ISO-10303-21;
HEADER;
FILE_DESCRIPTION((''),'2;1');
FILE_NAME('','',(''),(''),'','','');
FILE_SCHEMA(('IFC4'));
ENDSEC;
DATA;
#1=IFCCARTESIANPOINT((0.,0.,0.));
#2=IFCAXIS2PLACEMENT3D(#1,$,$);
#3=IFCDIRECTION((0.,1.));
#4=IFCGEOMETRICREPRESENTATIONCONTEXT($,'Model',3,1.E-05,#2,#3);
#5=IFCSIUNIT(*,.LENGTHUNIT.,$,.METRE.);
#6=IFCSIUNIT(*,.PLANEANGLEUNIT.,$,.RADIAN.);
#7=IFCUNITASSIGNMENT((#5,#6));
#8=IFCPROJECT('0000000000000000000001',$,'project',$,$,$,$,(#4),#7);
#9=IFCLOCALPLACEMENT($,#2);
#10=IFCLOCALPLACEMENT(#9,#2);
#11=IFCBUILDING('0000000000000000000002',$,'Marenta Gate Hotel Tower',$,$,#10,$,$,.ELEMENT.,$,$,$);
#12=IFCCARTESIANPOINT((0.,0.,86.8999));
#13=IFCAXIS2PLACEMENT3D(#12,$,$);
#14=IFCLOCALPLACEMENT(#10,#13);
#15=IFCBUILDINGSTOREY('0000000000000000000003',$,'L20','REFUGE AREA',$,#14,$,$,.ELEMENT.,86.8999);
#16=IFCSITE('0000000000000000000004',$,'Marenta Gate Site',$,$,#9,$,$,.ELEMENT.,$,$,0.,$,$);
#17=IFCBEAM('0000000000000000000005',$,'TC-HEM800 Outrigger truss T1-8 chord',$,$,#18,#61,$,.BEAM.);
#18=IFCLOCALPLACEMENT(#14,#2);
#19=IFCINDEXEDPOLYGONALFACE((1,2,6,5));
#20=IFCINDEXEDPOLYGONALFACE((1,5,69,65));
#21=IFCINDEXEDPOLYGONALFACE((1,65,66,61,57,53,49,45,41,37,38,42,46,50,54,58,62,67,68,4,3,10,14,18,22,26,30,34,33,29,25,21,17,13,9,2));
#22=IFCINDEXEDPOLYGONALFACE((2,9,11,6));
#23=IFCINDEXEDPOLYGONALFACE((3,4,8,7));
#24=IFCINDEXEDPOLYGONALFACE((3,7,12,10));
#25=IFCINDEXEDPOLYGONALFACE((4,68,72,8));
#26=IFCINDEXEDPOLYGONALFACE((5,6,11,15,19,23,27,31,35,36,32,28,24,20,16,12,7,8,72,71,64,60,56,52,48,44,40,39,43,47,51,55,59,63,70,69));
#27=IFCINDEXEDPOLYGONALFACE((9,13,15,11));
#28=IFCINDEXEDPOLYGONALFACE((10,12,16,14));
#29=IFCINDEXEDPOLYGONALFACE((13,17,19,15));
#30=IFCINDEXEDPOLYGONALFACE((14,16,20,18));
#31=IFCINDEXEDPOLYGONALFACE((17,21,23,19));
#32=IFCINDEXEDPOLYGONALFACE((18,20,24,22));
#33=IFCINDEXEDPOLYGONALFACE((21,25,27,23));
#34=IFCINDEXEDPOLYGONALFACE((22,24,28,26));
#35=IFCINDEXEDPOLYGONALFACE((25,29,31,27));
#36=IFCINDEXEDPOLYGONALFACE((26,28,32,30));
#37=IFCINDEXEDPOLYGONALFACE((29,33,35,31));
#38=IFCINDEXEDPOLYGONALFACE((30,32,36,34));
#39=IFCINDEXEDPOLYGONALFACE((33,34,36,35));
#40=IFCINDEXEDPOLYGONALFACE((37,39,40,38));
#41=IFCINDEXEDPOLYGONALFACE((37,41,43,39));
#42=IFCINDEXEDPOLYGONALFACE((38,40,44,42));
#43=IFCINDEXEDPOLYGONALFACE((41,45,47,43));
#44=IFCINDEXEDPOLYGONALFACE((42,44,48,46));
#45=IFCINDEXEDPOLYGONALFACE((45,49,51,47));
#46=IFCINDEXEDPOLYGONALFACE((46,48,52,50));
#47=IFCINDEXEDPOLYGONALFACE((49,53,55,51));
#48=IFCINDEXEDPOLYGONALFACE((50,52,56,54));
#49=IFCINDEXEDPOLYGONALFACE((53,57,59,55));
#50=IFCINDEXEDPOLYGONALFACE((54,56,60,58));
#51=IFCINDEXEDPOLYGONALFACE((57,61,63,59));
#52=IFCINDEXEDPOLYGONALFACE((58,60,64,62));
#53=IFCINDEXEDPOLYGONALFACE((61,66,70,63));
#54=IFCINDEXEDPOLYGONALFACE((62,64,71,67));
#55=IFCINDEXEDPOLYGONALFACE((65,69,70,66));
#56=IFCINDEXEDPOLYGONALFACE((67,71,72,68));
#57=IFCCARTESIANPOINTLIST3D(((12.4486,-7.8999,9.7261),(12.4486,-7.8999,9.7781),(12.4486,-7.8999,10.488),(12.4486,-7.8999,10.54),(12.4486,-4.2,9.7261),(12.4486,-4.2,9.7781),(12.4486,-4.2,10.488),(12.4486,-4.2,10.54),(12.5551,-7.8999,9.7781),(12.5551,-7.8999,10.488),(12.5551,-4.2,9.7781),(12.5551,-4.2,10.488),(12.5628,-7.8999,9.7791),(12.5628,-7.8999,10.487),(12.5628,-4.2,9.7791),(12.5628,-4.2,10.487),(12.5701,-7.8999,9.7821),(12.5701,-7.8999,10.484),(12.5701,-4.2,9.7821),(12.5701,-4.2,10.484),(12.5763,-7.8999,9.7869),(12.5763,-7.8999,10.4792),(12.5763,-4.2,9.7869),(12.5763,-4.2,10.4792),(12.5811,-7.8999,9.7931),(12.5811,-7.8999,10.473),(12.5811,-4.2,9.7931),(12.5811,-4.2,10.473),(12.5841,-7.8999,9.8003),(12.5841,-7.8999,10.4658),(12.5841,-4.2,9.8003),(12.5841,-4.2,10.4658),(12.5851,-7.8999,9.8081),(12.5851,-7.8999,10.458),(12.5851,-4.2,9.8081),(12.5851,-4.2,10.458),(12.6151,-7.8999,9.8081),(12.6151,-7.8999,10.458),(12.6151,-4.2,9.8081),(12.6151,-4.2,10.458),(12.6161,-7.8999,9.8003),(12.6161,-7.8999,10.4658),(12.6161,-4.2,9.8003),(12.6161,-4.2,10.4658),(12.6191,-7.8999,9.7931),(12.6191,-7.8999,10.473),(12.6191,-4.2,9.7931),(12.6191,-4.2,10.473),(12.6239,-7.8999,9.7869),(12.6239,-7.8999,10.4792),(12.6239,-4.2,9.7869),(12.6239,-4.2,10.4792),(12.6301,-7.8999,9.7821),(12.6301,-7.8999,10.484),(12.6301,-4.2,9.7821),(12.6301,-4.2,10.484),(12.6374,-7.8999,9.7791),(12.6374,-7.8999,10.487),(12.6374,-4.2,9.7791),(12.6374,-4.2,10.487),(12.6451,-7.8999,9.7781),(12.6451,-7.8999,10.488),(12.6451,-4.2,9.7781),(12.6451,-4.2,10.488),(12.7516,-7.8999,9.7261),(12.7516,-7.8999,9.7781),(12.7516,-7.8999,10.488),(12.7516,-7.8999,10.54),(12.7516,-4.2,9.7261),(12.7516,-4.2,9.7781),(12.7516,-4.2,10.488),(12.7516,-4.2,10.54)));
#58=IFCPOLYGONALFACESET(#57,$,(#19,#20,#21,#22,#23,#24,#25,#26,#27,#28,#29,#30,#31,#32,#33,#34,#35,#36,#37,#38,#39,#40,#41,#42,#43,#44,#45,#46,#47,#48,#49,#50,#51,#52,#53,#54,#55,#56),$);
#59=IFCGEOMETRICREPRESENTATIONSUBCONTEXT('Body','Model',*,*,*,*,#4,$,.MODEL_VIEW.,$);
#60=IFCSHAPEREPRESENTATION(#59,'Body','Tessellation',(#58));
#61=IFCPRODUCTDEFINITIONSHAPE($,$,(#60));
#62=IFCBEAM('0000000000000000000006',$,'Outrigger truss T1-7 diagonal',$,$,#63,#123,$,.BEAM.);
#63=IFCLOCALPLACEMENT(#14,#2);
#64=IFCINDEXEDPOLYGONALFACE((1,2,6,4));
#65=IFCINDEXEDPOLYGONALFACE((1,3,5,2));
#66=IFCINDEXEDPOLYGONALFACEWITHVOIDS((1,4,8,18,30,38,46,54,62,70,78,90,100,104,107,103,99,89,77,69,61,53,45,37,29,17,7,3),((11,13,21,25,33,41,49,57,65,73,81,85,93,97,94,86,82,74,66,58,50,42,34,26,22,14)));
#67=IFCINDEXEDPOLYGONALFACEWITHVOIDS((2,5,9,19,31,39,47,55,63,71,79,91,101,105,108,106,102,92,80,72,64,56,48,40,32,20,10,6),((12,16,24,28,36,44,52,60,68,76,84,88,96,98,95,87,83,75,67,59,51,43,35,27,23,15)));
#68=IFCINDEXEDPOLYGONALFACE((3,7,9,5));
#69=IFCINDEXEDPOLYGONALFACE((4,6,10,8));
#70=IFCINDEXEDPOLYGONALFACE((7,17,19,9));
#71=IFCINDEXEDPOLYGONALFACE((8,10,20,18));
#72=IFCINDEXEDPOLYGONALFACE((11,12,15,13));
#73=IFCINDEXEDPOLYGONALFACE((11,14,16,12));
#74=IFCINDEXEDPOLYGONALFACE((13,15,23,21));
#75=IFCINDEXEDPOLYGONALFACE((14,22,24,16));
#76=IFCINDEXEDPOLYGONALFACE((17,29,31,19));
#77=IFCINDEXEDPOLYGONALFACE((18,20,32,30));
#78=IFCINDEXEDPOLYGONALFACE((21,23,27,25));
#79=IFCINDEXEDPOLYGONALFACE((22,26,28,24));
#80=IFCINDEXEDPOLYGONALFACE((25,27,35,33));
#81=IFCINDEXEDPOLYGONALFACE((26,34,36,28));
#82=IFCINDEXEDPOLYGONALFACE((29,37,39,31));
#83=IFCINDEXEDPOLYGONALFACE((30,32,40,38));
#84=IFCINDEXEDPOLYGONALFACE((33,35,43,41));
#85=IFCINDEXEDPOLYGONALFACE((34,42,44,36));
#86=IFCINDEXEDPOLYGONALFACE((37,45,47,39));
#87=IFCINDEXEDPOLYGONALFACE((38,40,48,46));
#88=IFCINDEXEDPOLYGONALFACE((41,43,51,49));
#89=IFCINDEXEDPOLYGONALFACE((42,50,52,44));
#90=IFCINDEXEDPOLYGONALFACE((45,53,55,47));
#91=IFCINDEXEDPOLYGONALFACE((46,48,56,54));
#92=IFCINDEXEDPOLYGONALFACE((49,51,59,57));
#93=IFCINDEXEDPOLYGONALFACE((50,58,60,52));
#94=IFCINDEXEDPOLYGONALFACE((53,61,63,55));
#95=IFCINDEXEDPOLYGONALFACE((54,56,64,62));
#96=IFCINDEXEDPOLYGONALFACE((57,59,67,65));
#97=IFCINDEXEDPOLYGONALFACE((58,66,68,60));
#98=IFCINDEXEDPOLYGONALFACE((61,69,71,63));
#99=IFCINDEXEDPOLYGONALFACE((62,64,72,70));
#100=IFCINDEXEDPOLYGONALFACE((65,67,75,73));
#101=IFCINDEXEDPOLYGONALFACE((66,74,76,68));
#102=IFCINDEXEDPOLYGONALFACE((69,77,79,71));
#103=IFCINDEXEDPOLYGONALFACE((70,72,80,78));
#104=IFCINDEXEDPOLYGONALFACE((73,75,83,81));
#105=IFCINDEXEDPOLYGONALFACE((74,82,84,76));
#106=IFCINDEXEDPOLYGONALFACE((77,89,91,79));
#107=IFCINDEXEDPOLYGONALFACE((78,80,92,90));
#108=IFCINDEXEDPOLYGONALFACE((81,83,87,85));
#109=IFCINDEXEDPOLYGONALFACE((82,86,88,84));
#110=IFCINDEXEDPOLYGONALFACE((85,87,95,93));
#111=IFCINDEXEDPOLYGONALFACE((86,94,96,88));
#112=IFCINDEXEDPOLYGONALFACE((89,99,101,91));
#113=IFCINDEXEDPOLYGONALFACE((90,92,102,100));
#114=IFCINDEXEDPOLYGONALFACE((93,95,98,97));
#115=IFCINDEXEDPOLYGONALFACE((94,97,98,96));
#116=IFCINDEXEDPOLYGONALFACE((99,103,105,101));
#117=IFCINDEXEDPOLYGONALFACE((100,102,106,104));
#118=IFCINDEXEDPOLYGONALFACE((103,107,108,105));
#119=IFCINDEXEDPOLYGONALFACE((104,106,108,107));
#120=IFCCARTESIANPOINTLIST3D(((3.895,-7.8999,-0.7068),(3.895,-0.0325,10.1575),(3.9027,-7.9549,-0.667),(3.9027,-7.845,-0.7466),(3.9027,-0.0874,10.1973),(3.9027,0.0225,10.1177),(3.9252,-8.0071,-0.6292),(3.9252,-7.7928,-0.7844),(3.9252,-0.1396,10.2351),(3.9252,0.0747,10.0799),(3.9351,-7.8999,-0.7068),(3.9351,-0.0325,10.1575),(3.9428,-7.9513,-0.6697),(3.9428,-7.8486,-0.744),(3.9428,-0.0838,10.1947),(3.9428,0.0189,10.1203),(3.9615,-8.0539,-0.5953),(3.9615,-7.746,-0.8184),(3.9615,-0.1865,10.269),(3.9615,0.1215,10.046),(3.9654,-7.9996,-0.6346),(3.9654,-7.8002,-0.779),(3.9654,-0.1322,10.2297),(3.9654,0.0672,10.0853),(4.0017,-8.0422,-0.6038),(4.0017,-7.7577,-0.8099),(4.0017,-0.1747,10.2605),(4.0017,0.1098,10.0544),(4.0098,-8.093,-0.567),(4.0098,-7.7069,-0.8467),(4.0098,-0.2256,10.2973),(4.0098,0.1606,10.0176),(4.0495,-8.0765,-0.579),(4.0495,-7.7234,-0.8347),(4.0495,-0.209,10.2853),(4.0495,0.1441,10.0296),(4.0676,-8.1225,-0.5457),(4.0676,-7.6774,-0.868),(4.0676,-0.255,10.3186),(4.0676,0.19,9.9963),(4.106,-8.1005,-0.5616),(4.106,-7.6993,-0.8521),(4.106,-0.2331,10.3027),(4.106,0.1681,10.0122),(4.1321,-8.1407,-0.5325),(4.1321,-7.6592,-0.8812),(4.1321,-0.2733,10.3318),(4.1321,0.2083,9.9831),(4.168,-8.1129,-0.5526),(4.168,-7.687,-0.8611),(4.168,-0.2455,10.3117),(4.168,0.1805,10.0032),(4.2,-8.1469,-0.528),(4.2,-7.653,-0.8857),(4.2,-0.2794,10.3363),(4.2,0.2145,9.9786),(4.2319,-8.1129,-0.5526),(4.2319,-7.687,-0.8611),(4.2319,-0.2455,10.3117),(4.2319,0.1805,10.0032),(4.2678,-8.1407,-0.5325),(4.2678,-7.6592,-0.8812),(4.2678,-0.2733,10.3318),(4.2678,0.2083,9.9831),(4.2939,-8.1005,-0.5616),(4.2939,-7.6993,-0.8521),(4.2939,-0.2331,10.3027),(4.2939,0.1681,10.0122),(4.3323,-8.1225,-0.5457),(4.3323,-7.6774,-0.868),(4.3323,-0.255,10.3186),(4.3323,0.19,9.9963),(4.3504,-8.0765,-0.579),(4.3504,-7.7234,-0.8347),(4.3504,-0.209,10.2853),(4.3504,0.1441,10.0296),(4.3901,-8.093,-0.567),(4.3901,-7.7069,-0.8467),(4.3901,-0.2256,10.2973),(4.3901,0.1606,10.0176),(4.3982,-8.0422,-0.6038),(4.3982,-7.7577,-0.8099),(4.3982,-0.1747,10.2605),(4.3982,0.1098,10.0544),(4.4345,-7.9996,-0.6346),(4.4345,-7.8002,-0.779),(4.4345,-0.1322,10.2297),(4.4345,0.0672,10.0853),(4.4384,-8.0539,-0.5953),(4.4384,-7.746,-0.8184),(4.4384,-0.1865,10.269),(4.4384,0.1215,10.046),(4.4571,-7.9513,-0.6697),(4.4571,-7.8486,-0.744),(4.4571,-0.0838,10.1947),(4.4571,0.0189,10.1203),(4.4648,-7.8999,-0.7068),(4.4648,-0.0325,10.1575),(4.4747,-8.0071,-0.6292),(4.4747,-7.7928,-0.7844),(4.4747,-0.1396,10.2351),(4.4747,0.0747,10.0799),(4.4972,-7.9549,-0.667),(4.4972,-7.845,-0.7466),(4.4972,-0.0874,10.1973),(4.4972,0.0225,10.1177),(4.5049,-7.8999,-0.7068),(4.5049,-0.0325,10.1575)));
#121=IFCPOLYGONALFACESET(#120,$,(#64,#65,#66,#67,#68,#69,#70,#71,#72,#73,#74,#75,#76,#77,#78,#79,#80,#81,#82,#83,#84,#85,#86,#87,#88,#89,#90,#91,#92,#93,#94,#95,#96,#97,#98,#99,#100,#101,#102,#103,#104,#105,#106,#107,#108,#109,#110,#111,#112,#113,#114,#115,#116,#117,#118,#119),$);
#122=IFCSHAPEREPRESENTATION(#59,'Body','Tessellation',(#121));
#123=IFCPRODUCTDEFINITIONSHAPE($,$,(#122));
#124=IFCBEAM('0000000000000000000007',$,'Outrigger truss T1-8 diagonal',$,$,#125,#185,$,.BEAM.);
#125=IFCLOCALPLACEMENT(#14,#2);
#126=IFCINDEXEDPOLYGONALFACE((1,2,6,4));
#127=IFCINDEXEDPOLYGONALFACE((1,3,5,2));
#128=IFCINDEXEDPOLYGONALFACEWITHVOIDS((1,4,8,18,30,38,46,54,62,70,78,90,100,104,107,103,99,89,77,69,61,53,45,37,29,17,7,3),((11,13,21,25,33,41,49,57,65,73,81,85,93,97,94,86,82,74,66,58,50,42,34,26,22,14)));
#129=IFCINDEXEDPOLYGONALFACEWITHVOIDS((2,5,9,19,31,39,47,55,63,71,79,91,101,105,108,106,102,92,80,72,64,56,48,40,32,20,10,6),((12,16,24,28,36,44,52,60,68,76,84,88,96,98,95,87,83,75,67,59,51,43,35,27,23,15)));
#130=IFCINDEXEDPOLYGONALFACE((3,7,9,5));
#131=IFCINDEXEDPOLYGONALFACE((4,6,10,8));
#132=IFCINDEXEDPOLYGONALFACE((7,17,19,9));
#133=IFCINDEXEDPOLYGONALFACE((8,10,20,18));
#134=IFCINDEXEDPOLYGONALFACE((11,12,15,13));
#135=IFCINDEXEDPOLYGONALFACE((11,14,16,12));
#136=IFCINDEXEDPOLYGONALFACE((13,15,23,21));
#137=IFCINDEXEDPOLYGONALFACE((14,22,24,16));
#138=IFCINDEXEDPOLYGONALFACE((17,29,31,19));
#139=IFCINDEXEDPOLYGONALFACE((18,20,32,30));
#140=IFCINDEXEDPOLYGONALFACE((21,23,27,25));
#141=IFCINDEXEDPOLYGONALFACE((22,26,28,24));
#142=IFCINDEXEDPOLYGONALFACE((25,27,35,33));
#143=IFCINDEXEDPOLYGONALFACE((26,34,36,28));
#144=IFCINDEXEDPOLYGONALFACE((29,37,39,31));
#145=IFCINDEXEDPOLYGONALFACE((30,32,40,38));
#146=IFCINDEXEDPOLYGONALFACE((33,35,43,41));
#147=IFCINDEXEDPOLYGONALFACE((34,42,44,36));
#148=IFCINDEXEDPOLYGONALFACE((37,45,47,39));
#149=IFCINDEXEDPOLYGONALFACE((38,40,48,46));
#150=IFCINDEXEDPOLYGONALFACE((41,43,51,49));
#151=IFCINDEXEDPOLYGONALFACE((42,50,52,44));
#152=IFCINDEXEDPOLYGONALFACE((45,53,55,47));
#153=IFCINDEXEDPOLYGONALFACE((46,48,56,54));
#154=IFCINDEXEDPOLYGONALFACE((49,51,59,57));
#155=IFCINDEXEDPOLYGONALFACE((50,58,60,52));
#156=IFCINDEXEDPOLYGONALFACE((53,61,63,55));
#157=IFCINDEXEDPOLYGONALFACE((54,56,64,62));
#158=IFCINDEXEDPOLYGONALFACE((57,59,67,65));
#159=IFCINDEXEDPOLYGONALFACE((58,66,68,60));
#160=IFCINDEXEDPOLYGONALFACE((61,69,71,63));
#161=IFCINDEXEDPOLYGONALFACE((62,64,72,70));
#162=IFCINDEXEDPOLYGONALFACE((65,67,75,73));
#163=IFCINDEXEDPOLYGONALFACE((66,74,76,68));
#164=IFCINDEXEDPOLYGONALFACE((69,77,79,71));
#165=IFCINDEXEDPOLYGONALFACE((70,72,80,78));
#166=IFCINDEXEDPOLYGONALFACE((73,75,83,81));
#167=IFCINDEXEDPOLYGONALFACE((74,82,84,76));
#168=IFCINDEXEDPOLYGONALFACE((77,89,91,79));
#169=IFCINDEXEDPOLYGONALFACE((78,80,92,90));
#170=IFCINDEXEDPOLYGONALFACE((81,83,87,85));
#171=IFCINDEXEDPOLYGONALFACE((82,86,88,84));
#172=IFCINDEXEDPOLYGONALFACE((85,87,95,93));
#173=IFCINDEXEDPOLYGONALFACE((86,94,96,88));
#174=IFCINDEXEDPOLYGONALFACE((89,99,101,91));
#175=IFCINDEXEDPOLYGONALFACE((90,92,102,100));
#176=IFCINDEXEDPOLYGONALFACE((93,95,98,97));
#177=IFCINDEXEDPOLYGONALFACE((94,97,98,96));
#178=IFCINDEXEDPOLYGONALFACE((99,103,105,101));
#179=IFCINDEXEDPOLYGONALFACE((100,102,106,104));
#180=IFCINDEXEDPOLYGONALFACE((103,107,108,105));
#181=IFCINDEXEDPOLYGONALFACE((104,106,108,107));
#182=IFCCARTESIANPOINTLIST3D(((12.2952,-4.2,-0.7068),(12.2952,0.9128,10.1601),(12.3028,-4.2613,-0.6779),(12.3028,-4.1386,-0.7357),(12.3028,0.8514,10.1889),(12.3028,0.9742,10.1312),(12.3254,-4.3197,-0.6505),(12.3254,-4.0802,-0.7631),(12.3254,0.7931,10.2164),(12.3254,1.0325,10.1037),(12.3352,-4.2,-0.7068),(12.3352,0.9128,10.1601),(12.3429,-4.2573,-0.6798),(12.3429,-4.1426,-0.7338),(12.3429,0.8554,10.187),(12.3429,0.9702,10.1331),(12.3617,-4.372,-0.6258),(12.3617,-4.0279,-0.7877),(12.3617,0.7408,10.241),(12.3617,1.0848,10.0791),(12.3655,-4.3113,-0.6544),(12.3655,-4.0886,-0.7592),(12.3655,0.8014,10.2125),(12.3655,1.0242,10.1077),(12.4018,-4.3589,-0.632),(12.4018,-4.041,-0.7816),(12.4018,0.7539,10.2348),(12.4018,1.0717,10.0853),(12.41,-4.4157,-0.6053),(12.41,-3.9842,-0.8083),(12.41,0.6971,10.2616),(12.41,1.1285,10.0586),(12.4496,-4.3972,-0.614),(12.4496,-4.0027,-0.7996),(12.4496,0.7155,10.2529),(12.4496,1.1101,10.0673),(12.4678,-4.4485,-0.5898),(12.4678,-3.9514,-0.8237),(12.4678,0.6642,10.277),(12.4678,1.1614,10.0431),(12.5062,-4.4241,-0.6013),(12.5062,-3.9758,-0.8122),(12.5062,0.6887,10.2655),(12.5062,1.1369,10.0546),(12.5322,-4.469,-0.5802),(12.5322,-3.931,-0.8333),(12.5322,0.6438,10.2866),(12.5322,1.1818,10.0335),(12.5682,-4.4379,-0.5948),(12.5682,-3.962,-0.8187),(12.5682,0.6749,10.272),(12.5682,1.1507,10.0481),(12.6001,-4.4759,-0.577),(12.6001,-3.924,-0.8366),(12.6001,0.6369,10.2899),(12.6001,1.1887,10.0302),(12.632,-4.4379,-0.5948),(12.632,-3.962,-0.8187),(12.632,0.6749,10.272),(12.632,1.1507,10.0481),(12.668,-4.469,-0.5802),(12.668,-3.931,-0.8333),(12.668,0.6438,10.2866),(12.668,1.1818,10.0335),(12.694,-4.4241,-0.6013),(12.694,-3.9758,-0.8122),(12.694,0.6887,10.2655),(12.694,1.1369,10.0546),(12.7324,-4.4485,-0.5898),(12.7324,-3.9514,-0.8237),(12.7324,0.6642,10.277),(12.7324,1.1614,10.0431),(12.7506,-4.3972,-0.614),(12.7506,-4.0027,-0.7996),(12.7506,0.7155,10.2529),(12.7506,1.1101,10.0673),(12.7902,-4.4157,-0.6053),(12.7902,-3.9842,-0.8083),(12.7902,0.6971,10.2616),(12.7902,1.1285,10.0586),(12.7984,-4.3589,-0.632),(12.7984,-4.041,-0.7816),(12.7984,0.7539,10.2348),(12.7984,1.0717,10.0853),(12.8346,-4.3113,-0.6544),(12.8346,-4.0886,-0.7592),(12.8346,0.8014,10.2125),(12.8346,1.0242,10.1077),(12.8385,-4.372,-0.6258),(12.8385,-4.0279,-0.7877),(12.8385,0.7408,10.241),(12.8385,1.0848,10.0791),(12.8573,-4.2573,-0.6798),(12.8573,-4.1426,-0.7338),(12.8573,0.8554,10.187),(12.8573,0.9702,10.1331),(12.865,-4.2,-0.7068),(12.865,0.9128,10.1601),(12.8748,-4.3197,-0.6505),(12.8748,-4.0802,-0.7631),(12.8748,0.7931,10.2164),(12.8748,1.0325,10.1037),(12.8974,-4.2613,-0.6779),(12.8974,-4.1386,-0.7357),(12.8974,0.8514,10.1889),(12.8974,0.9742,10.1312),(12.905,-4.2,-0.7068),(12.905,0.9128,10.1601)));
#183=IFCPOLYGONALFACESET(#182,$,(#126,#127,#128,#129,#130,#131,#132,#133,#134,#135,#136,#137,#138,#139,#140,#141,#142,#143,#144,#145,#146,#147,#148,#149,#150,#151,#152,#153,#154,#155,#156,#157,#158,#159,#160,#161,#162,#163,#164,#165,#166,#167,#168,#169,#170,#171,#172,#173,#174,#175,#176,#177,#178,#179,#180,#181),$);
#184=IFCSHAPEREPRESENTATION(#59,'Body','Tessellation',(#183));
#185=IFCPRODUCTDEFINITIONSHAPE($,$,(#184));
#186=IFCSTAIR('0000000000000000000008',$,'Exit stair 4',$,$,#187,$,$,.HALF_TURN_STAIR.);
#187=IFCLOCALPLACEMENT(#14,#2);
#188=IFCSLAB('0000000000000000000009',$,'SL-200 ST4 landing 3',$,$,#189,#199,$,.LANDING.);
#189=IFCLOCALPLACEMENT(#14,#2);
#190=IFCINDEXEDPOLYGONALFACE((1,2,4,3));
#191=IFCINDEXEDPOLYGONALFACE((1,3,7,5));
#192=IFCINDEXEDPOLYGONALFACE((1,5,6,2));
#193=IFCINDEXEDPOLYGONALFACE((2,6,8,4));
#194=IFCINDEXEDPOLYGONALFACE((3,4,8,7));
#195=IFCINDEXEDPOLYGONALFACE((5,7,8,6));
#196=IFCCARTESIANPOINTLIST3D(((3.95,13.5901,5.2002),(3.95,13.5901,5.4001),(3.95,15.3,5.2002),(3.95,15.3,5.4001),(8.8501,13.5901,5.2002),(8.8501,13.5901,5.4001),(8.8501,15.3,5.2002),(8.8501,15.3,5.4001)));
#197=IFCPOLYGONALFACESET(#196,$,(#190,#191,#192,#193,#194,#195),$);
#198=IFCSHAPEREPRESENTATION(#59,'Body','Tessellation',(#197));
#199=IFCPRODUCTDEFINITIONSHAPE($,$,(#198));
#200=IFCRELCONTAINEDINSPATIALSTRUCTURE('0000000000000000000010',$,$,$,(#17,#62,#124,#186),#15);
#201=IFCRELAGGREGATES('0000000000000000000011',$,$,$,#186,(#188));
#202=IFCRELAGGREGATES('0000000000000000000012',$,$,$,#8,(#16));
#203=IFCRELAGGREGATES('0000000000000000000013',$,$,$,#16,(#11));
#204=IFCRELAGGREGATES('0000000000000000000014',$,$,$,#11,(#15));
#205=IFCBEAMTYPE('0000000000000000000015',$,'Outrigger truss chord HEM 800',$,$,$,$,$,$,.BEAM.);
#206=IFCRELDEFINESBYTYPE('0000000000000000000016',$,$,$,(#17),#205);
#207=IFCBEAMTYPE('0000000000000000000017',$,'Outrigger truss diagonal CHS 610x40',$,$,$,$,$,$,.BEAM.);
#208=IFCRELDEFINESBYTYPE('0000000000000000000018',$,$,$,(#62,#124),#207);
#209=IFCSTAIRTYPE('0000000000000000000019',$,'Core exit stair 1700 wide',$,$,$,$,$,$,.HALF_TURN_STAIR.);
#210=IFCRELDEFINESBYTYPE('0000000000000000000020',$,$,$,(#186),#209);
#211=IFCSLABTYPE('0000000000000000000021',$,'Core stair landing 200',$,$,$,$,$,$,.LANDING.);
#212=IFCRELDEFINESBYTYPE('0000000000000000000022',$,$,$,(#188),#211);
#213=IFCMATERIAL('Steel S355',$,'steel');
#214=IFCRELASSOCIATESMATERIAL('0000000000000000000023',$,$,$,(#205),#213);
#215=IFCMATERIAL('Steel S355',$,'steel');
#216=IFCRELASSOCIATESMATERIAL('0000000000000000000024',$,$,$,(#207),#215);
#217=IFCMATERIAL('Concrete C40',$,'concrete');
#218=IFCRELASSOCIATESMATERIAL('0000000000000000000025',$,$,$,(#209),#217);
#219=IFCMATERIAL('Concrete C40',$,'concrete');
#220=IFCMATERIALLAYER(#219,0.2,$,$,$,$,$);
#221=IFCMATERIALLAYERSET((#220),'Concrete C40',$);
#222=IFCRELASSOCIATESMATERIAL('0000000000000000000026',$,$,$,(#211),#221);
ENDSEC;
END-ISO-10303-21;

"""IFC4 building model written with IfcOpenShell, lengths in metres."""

from ifc_helpers import new_model, si_unit, direction, frame, origin, origin_2d, place, context, subcontext, project, spatial, polyline, hollow_circle, i_section, outline, extrude, material, layer, layer_set, material_profile, profile_set, type_object, element, aggregate, save


model = new_model("IFC4")

# Units and contexts
model_context = context("Model", 3, precision=1e-05, world=origin(), true_north=direction((0.0, 1.0)))
body_context = subcontext(model_context, "Body", "Model", "MODEL_VIEW")
ifc_project = project(units=[si_unit("LENGTHUNIT", "METRE"), si_unit("PLANEANGLEUNIT", "RADIAN")], contexts=[model_context])

# Site, building, storey
site_placement = place(None, origin())
site = spatial("IfcSite", under=ifc_project, at=site_placement, Name="Marenta Gate Site", CompositionType="ELEMENT", RefElevation=0.0)
building_placement = place(site_placement, origin())
building = spatial("IfcBuilding", under=site, at=building_placement, Name="Marenta Gate Hotel Tower", CompositionType="ELEMENT")
storey_placement = place(building_placement, frame((0.0, 0.0, 86.8999)))
storey = spatial("IfcBuildingStorey", under=building, at=storey_placement, Name="L20", Description="REFUGE AREA", CompositionType="ELEMENT", Elevation=86.8999)

# Beams
ifc_material_1 = material(Name="Steel S355", Category="steel")
ifc_material_profile_1 = material_profile(ifc_material_1, i_section(OverallWidth=0.303, OverallDepth=0.814, WebThickness=0.03, FlangeThickness=0.052, FilletRadius=0.03, at=origin_2d()), Name="HEM 800")
ifc_profile_set_1 = profile_set([ifc_material_profile_1], Name="Steel S355")
beam_type_1 = type_object("IfcBeamType", Name="Outrigger truss chord HEM 800", PredefinedType="BEAM", material=ifc_profile_set_1)
beam_1_placement = place(storey_placement, frame((12.6001, -4.2, 10.1331), z_axis=(0.0, -1.0, 0.0), x_axis=(1.0, 0.0, 0.0)))
element("IfcBeam", 1, at=beam_1_placement, inside=storey, type_object=beam_type_1, Name="TC-HEM800 Outrigger truss T1-8 chord", PredefinedType="BEAM", context=body_context, shape_type="SweptSolid", body=[
    extrude(i_section(OverallWidth=0.303, OverallDepth=0.814, WebThickness=0.03, FlangeThickness=0.052, FilletRadius=0.03, at=origin_2d()), origin(), (0.0, 0.0, 1.0), 3.7),
])
ifc_material_2 = material(Name="Steel S355", Category="steel")
ifc_material_profile_2 = material_profile(ifc_material_2, hollow_circle(Radius=0.3049, WallThickness=0.04, at=origin_2d()), Name="CHS 610x40")
ifc_profile_set_2 = profile_set([ifc_material_profile_2], Name="Steel S355")
beam_type_2 = type_object("IfcBeamType", Name="Outrigger truss diagonal CHS 610x40", PredefinedType="BEAM", material=ifc_profile_set_2)
beam_2_placement = place(storey_placement, frame((4.2, -0.0325, 10.1575), z_axis=(0.0, -0.58652, -0.809935), x_axis=(1.0, 0.0, 0.0)))
element("IfcBeam", 2, at=beam_2_placement, inside=storey, type_object=beam_type_2, Name="Outrigger truss T1-7 diagonal", PredefinedType="BEAM", context=body_context, shape_type="SweptSolid", body=[
    extrude(hollow_circle(Radius=0.3049, WallThickness=0.04, at=origin_2d()), origin(), (0.0, 0.0, 1.0), 13.4138),
])
beam_3_placement = place(storey_placement, frame((12.6001, -4.2, -0.7068), z_axis=(0.0, 0.425725, 0.904853), x_axis=(-1.0, 0.0, 0.0)))
element("IfcBeam", 3, at=beam_3_placement, inside=storey, type_object=beam_type_2, Name="Outrigger truss T1-8 diagonal", PredefinedType="BEAM", context=body_context, shape_type="SweptSolid", body=[
    extrude(hollow_circle(Radius=0.3049, WallThickness=0.04, at=origin_2d()), origin(), (0.0, 0.0, 1.0), 12.0095),
])

# Stair, slab
ifc_material_3 = material(Name="Concrete C40", Category="concrete")
stair_type_1 = type_object("IfcStairType", Name="Core exit stair 1700 wide", PredefinedType="HALF_TURN_STAIR", material=ifc_material_3)
stair_1_placement = place(storey_placement, origin())
stair_1 = element("IfcStair", 4, at=stair_1_placement, inside=storey, type_object=stair_type_1, Name="Exit stair 4", PredefinedType="HALF_TURN_STAIR")
ifc_material_4 = material(Name="Concrete C40", Category="concrete")
ifc_layer_1 = layer(ifc_material_4, 0.2)
ifc_layer_set_1 = layer_set([ifc_layer_1], Name="Concrete C40")
slab_type_1 = type_object("IfcSlabType", Name="Core stair landing 200", PredefinedType="LANDING", material=ifc_layer_set_1)
slab_1_placement = place(storey_placement, frame((0.0, 0.0, 5.2002)))
slab_1 = element("IfcSlab", 5, at=slab_1_placement, type_object=slab_type_1, Name="SL-200 ST4 landing 3", PredefinedType="LANDING", context=body_context, shape_type="SweptSolid", body=[
    extrude(outline(polyline([(3.95, 13.5901), (8.8501, 13.5901), (8.8501, 15.3), (3.95, 15.3), (3.95, 13.5901)])), origin(), (0.0, 0.0, 1.0), 0.2),
])
aggregate(stair_1, [slab_1])

save(model, "model.ifc")
